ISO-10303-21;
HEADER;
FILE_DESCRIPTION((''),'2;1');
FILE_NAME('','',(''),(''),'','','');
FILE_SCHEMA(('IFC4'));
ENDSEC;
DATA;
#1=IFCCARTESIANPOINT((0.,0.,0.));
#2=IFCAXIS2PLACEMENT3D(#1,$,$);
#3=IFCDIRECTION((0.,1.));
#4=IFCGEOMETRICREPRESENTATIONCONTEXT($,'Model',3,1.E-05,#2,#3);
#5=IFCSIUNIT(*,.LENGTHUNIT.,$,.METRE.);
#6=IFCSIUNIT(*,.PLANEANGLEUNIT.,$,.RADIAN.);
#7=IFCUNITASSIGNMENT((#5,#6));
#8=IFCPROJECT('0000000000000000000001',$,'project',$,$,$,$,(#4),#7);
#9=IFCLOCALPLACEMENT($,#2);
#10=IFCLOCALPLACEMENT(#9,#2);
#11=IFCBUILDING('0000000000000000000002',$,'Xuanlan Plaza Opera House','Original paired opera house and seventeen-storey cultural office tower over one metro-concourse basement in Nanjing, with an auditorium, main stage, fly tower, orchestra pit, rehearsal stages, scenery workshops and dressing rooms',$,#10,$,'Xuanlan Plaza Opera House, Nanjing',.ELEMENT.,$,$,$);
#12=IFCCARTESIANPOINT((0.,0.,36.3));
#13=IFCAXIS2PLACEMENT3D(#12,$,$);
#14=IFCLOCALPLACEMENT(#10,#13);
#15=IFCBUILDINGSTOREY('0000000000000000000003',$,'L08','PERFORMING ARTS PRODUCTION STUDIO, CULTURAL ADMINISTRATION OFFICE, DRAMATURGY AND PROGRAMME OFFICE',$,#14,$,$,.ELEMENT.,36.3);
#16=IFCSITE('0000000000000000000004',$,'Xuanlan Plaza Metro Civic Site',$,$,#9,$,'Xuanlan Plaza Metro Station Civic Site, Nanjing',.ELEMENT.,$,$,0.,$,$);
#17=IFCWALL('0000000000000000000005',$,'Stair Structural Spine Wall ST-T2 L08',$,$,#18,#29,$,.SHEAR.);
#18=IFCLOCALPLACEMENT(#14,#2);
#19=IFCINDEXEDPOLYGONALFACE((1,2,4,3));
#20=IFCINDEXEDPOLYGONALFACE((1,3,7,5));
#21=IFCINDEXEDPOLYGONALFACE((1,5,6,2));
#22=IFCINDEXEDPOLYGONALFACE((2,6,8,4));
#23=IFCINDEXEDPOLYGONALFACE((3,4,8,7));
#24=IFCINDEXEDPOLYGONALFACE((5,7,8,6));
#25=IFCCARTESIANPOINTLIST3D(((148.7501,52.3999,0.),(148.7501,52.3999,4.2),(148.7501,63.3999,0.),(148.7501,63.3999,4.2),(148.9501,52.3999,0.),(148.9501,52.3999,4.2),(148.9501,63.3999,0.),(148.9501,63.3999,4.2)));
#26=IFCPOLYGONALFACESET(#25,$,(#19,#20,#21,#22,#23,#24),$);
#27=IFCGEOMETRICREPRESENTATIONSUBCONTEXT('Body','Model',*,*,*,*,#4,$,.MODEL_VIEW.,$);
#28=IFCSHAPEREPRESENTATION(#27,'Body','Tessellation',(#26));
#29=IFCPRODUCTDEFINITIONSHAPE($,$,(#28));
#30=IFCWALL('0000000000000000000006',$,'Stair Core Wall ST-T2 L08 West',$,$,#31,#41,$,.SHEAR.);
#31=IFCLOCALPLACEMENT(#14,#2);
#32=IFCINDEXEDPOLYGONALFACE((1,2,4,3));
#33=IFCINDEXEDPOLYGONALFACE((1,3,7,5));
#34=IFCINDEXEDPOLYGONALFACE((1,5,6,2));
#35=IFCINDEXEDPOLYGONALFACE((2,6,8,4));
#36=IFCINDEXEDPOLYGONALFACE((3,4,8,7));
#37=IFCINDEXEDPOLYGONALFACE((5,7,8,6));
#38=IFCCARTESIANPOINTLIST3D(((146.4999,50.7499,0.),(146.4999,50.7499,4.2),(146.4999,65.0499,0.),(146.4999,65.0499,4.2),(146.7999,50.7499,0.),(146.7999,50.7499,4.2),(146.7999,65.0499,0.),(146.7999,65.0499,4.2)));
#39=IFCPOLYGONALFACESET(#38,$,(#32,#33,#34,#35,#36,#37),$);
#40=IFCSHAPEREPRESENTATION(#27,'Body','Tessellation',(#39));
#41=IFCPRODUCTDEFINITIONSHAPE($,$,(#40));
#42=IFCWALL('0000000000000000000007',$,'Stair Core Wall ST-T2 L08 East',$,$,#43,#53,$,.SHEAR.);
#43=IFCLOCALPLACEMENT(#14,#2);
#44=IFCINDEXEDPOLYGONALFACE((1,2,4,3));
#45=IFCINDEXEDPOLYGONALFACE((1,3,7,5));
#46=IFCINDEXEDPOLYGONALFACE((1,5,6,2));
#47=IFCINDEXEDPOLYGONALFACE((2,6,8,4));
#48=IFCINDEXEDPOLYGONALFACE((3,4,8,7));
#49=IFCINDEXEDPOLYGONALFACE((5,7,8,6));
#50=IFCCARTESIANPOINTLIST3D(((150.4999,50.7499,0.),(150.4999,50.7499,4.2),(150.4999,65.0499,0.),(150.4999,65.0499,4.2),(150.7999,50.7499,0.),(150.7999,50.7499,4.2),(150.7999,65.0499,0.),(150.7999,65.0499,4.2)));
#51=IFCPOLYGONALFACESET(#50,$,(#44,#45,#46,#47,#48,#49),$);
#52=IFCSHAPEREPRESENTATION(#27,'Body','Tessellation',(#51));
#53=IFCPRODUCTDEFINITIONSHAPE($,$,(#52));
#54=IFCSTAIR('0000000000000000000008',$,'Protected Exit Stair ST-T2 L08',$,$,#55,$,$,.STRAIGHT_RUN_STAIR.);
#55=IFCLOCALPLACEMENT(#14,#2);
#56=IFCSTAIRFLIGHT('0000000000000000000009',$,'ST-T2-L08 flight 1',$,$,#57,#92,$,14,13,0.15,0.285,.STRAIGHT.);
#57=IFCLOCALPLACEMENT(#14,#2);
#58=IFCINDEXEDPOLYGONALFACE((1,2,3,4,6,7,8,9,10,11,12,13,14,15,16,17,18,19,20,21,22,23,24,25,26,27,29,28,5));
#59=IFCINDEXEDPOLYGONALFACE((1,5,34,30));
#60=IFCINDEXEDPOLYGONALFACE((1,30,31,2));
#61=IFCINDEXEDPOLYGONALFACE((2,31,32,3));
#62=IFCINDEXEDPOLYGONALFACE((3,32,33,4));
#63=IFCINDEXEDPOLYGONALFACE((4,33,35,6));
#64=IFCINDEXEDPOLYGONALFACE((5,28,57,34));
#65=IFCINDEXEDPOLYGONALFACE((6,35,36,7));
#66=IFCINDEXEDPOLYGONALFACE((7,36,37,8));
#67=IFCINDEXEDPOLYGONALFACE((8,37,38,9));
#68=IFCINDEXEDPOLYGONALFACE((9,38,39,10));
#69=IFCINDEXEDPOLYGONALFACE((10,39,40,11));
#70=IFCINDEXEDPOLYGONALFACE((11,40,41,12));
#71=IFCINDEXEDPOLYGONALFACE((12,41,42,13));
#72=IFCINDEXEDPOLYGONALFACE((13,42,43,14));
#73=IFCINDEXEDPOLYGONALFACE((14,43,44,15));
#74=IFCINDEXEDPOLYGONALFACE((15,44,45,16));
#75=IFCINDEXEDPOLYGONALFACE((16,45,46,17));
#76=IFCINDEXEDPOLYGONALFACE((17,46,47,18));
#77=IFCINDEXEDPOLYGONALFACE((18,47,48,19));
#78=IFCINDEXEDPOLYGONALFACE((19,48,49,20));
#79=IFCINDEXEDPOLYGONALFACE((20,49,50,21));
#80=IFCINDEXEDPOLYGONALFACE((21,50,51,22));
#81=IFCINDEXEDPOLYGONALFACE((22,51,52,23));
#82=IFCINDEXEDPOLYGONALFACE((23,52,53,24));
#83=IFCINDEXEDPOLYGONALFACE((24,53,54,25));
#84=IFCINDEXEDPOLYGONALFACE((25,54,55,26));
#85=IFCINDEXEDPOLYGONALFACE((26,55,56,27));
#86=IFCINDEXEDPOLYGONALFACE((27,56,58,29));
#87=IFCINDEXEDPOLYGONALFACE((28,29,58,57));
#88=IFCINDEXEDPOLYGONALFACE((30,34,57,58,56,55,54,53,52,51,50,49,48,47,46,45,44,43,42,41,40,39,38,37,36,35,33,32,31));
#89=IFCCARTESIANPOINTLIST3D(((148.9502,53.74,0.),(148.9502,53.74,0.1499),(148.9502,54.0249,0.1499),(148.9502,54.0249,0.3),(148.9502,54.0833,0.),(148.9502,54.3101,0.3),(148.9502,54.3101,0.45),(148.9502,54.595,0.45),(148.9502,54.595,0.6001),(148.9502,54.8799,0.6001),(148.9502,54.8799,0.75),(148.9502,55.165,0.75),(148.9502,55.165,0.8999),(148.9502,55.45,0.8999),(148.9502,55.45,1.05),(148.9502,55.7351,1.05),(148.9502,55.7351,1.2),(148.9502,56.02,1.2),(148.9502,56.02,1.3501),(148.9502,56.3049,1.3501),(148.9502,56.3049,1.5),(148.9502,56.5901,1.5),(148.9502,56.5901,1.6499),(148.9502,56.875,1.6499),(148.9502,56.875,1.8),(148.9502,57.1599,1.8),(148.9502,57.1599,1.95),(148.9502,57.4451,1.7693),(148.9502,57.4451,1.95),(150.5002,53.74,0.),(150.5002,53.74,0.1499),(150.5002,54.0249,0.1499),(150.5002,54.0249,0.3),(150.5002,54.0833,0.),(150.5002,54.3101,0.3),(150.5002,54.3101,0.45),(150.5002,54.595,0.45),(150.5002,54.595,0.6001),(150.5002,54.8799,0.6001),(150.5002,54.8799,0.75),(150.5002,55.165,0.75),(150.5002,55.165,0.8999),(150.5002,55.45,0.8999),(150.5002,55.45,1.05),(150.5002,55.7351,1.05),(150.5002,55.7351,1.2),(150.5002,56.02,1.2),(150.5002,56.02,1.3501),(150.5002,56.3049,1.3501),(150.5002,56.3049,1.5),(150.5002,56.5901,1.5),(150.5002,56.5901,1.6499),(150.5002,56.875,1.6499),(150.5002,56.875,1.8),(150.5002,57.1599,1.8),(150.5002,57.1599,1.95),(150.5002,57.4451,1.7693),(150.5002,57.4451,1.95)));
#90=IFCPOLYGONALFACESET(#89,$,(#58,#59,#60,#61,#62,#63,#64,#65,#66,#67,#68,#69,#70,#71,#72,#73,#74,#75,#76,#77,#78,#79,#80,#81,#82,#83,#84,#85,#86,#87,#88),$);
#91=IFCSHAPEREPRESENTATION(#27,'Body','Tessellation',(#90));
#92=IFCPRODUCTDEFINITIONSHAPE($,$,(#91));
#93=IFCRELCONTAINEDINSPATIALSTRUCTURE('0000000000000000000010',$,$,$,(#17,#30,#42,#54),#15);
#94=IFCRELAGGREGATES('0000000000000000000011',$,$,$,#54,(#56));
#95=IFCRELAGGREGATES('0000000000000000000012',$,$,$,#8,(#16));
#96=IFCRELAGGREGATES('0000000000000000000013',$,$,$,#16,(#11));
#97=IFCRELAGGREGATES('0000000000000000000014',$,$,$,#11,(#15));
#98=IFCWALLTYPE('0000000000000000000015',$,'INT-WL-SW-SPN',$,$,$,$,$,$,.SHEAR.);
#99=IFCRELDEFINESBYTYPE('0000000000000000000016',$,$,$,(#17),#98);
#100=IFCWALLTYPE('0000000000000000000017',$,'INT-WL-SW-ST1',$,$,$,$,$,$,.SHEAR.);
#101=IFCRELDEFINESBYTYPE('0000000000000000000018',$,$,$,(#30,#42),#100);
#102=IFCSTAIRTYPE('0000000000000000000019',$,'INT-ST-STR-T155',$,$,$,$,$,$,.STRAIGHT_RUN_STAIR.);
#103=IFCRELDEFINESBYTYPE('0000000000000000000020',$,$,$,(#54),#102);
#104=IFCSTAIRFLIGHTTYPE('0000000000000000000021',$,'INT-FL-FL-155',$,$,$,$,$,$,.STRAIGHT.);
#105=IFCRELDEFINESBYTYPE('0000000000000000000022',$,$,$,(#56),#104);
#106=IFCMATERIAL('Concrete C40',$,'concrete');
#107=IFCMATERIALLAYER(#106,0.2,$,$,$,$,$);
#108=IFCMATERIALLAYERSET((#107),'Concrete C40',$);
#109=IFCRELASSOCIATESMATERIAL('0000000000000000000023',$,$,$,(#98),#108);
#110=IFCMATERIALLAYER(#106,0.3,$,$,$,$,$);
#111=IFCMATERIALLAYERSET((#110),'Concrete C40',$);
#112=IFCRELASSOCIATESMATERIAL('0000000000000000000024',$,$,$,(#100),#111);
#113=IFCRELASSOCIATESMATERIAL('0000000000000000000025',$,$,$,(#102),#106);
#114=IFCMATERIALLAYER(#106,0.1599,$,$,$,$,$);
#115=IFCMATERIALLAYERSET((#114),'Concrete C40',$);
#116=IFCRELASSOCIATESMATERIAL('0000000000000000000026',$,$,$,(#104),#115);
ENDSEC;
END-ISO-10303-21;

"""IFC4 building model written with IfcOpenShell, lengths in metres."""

from ifc_helpers import new_model, si_unit, direction, frame, frame_2d, origin, place, context, subcontext, project, spatial, polyline, rectangle, outline, extrude, material, layer, layer_set, type_object, element, aggregate, save


model = new_model("IFC4")

# Units and contexts
model_context = context("Model", 3, precision=1e-05, world=origin(), true_north=direction((0.0, 1.0)))
body_context = subcontext(model_context, "Body", "Model", "MODEL_VIEW")
ifc_project = project(units=[si_unit("LENGTHUNIT", "METRE"), si_unit("PLANEANGLEUNIT", "RADIAN")], contexts=[model_context])

# Site, building, storey
site_placement = place(None, origin())
site = spatial("IfcSite", under=ifc_project, at=site_placement, Name="Xuanlan Plaza Metro Civic Site", LongName="Xuanlan Plaza Metro Station Civic Site, Nanjing", CompositionType="ELEMENT", RefElevation=0.0)
building_placement = place(site_placement, origin())
building = spatial("IfcBuilding", under=site, at=building_placement, Name="Xuanlan Plaza Opera House", Description="Original paired opera house and seventeen-storey cultural office tower over one metro-concourse basement in Nanjing, with an auditorium, main stage, fly tower, orchestra pit, rehearsal stages, scenery workshops and dressing rooms", LongName="Xuanlan Plaza Opera House, Nanjing", CompositionType="ELEMENT")
storey_placement = place(building_placement, frame((0.0, 0.0, 36.3)))
storey = spatial("IfcBuildingStorey", under=building, at=storey_placement, Name="L08", Description="PERFORMING ARTS PRODUCTION STUDIO, CULTURAL ADMINISTRATION OFFICE, DRAMATURGY AND PROGRAMME OFFICE", CompositionType="ELEMENT", Elevation=36.3)

# Shared definitions
ifc_material_1 = material(Name="Concrete C40", Category="concrete")

# Wall
ifc_layer_1 = layer(ifc_material_1, 0.2)
ifc_layer_set_1 = layer_set([ifc_layer_1], Name="Concrete C40")
wall_type_1 = type_object("IfcWallType", Name="INT-WL-SW-SPN", PredefinedType="SHEAR", material=ifc_layer_set_1)
wall_1_placement = place(storey_placement, frame((148.8501, 52.3999, 0.0), z_axis=(0.0, 0.0, 1.0), x_axis=(0.0, 1.0, 0.0)))
element("IfcWall", 1, at=wall_1_placement, inside=storey, type_object=wall_type_1, Name="Stair Structural Spine Wall ST-T2 L08", PredefinedType="SHEAR", context=body_context, shape_type="SweptSolid", body=[
    extrude(rectangle(XDim=11.0, YDim=0.2, at=frame_2d((5.5, 0.0))), origin(), (0.0, 0.0, 1.0), 4.2),
])

# Shared definitions
ifc_layer_2 = layer(ifc_material_1, 0.3)
ifc_layer_set_2 = layer_set([ifc_layer_2], Name="Concrete C40")
wall_type_2 = type_object("IfcWallType", Name="INT-WL-SW-ST1", PredefinedType="SHEAR", material=ifc_layer_set_2)

# Walls
for number, where, z_axis, x_axis, name in (
    (2, (146.6499, 50.75, 0.0), (0.0, 0.0, 1.0), (0.0, 1.0, 0.0), "Stair Core Wall ST-T2 L08 West"),
    (3, (150.6499, 50.75, 0.0), (0.0, 0.0, 1.0), (0.0, 1.0, 0.0), "Stair Core Wall ST-T2 L08 East"),
):
    element("IfcWall", number, at=place(storey_placement, frame(where, z_axis=z_axis, x_axis=x_axis)), inside=storey, type_object=wall_type_2, Name=name, PredefinedType="SHEAR", context=body_context, shape_type="SweptSolid", body=[
        extrude(rectangle(XDim=14.3, YDim=0.3, at=frame_2d((7.1499, 0.0))), origin(), (0.0, 0.0, 1.0), 4.2),
    ])

# Stair, stair flight
stair_type = type_object("IfcStairType", Name="INT-ST-STR-T155", PredefinedType="STRAIGHT_RUN_STAIR", material=ifc_material_1)
stair_placement = place(storey_placement, origin())
stair = element("IfcStair", 4, at=stair_placement, inside=storey, type_object=stair_type, Name="Protected Exit Stair ST-T2 L08", PredefinedType="STRAIGHT_RUN_STAIR")
ifc_layer_3 = layer(ifc_material_1, 0.1599)
ifc_layer_set_3 = layer_set([ifc_layer_3], Name="Concrete C40")
stair_flight_type = type_object("IfcStairFlightType", Name="INT-FL-FL-155", PredefinedType="STRAIGHT", material=ifc_layer_set_3)
stair_flight_placement = place(storey_placement, frame((149.7251, 53.74, 0.0), z_axis=(0.0, 0.0, 1.0), x_axis=(0.0, 1.0, 0.0)))
stair_flight = element("IfcStairFlight", 5, at=stair_flight_placement, type_object=stair_flight_type, Name="ST-T2-L08 flight 1", NumberOfRisers=14, NumberOfTreads=13, PredefinedType="STRAIGHT", RiserHeight=0.15, TreadLength=0.285, context=body_context, shape_type="SweptSolid", body=[
    extrude(outline(polyline([(0.0, 0.0), (0.0, 0.1499), (0.2849, 0.1499), (0.2849, 0.3), (0.5701, 0.3), (0.5701, 0.45), (0.855, 0.45), (0.855, 0.6001), (1.1399, 0.6001), (1.1399, 0.75), (1.425, 0.75), (1.425, 0.8999), (1.71, 0.8999), (1.71, 1.05), (1.9951, 1.05), (1.9951, 1.2), (2.28, 1.2), (2.28, 1.3501), (2.5649, 1.3501), (2.5649, 1.5), (2.8501, 1.5), (2.8501, 1.6499), (3.135, 1.6499), (3.135, 1.8), (3.4199, 1.8), (3.4199, 1.95), (3.7051, 1.95), (3.7051, 2.1001), (3.7051, 1.7693), (0.3433, 0.0), (0.0, 0.0)])), frame((0.0, 0.7749, 0.0), z_axis=(0.0, -1.0, 0.0), x_axis=(1.0, 0.0, 0.0)), (0.0, 0.0, 1.0), 1.55),
])
aggregate(stair, [stair_flight])

save(model, "model.ifc")
